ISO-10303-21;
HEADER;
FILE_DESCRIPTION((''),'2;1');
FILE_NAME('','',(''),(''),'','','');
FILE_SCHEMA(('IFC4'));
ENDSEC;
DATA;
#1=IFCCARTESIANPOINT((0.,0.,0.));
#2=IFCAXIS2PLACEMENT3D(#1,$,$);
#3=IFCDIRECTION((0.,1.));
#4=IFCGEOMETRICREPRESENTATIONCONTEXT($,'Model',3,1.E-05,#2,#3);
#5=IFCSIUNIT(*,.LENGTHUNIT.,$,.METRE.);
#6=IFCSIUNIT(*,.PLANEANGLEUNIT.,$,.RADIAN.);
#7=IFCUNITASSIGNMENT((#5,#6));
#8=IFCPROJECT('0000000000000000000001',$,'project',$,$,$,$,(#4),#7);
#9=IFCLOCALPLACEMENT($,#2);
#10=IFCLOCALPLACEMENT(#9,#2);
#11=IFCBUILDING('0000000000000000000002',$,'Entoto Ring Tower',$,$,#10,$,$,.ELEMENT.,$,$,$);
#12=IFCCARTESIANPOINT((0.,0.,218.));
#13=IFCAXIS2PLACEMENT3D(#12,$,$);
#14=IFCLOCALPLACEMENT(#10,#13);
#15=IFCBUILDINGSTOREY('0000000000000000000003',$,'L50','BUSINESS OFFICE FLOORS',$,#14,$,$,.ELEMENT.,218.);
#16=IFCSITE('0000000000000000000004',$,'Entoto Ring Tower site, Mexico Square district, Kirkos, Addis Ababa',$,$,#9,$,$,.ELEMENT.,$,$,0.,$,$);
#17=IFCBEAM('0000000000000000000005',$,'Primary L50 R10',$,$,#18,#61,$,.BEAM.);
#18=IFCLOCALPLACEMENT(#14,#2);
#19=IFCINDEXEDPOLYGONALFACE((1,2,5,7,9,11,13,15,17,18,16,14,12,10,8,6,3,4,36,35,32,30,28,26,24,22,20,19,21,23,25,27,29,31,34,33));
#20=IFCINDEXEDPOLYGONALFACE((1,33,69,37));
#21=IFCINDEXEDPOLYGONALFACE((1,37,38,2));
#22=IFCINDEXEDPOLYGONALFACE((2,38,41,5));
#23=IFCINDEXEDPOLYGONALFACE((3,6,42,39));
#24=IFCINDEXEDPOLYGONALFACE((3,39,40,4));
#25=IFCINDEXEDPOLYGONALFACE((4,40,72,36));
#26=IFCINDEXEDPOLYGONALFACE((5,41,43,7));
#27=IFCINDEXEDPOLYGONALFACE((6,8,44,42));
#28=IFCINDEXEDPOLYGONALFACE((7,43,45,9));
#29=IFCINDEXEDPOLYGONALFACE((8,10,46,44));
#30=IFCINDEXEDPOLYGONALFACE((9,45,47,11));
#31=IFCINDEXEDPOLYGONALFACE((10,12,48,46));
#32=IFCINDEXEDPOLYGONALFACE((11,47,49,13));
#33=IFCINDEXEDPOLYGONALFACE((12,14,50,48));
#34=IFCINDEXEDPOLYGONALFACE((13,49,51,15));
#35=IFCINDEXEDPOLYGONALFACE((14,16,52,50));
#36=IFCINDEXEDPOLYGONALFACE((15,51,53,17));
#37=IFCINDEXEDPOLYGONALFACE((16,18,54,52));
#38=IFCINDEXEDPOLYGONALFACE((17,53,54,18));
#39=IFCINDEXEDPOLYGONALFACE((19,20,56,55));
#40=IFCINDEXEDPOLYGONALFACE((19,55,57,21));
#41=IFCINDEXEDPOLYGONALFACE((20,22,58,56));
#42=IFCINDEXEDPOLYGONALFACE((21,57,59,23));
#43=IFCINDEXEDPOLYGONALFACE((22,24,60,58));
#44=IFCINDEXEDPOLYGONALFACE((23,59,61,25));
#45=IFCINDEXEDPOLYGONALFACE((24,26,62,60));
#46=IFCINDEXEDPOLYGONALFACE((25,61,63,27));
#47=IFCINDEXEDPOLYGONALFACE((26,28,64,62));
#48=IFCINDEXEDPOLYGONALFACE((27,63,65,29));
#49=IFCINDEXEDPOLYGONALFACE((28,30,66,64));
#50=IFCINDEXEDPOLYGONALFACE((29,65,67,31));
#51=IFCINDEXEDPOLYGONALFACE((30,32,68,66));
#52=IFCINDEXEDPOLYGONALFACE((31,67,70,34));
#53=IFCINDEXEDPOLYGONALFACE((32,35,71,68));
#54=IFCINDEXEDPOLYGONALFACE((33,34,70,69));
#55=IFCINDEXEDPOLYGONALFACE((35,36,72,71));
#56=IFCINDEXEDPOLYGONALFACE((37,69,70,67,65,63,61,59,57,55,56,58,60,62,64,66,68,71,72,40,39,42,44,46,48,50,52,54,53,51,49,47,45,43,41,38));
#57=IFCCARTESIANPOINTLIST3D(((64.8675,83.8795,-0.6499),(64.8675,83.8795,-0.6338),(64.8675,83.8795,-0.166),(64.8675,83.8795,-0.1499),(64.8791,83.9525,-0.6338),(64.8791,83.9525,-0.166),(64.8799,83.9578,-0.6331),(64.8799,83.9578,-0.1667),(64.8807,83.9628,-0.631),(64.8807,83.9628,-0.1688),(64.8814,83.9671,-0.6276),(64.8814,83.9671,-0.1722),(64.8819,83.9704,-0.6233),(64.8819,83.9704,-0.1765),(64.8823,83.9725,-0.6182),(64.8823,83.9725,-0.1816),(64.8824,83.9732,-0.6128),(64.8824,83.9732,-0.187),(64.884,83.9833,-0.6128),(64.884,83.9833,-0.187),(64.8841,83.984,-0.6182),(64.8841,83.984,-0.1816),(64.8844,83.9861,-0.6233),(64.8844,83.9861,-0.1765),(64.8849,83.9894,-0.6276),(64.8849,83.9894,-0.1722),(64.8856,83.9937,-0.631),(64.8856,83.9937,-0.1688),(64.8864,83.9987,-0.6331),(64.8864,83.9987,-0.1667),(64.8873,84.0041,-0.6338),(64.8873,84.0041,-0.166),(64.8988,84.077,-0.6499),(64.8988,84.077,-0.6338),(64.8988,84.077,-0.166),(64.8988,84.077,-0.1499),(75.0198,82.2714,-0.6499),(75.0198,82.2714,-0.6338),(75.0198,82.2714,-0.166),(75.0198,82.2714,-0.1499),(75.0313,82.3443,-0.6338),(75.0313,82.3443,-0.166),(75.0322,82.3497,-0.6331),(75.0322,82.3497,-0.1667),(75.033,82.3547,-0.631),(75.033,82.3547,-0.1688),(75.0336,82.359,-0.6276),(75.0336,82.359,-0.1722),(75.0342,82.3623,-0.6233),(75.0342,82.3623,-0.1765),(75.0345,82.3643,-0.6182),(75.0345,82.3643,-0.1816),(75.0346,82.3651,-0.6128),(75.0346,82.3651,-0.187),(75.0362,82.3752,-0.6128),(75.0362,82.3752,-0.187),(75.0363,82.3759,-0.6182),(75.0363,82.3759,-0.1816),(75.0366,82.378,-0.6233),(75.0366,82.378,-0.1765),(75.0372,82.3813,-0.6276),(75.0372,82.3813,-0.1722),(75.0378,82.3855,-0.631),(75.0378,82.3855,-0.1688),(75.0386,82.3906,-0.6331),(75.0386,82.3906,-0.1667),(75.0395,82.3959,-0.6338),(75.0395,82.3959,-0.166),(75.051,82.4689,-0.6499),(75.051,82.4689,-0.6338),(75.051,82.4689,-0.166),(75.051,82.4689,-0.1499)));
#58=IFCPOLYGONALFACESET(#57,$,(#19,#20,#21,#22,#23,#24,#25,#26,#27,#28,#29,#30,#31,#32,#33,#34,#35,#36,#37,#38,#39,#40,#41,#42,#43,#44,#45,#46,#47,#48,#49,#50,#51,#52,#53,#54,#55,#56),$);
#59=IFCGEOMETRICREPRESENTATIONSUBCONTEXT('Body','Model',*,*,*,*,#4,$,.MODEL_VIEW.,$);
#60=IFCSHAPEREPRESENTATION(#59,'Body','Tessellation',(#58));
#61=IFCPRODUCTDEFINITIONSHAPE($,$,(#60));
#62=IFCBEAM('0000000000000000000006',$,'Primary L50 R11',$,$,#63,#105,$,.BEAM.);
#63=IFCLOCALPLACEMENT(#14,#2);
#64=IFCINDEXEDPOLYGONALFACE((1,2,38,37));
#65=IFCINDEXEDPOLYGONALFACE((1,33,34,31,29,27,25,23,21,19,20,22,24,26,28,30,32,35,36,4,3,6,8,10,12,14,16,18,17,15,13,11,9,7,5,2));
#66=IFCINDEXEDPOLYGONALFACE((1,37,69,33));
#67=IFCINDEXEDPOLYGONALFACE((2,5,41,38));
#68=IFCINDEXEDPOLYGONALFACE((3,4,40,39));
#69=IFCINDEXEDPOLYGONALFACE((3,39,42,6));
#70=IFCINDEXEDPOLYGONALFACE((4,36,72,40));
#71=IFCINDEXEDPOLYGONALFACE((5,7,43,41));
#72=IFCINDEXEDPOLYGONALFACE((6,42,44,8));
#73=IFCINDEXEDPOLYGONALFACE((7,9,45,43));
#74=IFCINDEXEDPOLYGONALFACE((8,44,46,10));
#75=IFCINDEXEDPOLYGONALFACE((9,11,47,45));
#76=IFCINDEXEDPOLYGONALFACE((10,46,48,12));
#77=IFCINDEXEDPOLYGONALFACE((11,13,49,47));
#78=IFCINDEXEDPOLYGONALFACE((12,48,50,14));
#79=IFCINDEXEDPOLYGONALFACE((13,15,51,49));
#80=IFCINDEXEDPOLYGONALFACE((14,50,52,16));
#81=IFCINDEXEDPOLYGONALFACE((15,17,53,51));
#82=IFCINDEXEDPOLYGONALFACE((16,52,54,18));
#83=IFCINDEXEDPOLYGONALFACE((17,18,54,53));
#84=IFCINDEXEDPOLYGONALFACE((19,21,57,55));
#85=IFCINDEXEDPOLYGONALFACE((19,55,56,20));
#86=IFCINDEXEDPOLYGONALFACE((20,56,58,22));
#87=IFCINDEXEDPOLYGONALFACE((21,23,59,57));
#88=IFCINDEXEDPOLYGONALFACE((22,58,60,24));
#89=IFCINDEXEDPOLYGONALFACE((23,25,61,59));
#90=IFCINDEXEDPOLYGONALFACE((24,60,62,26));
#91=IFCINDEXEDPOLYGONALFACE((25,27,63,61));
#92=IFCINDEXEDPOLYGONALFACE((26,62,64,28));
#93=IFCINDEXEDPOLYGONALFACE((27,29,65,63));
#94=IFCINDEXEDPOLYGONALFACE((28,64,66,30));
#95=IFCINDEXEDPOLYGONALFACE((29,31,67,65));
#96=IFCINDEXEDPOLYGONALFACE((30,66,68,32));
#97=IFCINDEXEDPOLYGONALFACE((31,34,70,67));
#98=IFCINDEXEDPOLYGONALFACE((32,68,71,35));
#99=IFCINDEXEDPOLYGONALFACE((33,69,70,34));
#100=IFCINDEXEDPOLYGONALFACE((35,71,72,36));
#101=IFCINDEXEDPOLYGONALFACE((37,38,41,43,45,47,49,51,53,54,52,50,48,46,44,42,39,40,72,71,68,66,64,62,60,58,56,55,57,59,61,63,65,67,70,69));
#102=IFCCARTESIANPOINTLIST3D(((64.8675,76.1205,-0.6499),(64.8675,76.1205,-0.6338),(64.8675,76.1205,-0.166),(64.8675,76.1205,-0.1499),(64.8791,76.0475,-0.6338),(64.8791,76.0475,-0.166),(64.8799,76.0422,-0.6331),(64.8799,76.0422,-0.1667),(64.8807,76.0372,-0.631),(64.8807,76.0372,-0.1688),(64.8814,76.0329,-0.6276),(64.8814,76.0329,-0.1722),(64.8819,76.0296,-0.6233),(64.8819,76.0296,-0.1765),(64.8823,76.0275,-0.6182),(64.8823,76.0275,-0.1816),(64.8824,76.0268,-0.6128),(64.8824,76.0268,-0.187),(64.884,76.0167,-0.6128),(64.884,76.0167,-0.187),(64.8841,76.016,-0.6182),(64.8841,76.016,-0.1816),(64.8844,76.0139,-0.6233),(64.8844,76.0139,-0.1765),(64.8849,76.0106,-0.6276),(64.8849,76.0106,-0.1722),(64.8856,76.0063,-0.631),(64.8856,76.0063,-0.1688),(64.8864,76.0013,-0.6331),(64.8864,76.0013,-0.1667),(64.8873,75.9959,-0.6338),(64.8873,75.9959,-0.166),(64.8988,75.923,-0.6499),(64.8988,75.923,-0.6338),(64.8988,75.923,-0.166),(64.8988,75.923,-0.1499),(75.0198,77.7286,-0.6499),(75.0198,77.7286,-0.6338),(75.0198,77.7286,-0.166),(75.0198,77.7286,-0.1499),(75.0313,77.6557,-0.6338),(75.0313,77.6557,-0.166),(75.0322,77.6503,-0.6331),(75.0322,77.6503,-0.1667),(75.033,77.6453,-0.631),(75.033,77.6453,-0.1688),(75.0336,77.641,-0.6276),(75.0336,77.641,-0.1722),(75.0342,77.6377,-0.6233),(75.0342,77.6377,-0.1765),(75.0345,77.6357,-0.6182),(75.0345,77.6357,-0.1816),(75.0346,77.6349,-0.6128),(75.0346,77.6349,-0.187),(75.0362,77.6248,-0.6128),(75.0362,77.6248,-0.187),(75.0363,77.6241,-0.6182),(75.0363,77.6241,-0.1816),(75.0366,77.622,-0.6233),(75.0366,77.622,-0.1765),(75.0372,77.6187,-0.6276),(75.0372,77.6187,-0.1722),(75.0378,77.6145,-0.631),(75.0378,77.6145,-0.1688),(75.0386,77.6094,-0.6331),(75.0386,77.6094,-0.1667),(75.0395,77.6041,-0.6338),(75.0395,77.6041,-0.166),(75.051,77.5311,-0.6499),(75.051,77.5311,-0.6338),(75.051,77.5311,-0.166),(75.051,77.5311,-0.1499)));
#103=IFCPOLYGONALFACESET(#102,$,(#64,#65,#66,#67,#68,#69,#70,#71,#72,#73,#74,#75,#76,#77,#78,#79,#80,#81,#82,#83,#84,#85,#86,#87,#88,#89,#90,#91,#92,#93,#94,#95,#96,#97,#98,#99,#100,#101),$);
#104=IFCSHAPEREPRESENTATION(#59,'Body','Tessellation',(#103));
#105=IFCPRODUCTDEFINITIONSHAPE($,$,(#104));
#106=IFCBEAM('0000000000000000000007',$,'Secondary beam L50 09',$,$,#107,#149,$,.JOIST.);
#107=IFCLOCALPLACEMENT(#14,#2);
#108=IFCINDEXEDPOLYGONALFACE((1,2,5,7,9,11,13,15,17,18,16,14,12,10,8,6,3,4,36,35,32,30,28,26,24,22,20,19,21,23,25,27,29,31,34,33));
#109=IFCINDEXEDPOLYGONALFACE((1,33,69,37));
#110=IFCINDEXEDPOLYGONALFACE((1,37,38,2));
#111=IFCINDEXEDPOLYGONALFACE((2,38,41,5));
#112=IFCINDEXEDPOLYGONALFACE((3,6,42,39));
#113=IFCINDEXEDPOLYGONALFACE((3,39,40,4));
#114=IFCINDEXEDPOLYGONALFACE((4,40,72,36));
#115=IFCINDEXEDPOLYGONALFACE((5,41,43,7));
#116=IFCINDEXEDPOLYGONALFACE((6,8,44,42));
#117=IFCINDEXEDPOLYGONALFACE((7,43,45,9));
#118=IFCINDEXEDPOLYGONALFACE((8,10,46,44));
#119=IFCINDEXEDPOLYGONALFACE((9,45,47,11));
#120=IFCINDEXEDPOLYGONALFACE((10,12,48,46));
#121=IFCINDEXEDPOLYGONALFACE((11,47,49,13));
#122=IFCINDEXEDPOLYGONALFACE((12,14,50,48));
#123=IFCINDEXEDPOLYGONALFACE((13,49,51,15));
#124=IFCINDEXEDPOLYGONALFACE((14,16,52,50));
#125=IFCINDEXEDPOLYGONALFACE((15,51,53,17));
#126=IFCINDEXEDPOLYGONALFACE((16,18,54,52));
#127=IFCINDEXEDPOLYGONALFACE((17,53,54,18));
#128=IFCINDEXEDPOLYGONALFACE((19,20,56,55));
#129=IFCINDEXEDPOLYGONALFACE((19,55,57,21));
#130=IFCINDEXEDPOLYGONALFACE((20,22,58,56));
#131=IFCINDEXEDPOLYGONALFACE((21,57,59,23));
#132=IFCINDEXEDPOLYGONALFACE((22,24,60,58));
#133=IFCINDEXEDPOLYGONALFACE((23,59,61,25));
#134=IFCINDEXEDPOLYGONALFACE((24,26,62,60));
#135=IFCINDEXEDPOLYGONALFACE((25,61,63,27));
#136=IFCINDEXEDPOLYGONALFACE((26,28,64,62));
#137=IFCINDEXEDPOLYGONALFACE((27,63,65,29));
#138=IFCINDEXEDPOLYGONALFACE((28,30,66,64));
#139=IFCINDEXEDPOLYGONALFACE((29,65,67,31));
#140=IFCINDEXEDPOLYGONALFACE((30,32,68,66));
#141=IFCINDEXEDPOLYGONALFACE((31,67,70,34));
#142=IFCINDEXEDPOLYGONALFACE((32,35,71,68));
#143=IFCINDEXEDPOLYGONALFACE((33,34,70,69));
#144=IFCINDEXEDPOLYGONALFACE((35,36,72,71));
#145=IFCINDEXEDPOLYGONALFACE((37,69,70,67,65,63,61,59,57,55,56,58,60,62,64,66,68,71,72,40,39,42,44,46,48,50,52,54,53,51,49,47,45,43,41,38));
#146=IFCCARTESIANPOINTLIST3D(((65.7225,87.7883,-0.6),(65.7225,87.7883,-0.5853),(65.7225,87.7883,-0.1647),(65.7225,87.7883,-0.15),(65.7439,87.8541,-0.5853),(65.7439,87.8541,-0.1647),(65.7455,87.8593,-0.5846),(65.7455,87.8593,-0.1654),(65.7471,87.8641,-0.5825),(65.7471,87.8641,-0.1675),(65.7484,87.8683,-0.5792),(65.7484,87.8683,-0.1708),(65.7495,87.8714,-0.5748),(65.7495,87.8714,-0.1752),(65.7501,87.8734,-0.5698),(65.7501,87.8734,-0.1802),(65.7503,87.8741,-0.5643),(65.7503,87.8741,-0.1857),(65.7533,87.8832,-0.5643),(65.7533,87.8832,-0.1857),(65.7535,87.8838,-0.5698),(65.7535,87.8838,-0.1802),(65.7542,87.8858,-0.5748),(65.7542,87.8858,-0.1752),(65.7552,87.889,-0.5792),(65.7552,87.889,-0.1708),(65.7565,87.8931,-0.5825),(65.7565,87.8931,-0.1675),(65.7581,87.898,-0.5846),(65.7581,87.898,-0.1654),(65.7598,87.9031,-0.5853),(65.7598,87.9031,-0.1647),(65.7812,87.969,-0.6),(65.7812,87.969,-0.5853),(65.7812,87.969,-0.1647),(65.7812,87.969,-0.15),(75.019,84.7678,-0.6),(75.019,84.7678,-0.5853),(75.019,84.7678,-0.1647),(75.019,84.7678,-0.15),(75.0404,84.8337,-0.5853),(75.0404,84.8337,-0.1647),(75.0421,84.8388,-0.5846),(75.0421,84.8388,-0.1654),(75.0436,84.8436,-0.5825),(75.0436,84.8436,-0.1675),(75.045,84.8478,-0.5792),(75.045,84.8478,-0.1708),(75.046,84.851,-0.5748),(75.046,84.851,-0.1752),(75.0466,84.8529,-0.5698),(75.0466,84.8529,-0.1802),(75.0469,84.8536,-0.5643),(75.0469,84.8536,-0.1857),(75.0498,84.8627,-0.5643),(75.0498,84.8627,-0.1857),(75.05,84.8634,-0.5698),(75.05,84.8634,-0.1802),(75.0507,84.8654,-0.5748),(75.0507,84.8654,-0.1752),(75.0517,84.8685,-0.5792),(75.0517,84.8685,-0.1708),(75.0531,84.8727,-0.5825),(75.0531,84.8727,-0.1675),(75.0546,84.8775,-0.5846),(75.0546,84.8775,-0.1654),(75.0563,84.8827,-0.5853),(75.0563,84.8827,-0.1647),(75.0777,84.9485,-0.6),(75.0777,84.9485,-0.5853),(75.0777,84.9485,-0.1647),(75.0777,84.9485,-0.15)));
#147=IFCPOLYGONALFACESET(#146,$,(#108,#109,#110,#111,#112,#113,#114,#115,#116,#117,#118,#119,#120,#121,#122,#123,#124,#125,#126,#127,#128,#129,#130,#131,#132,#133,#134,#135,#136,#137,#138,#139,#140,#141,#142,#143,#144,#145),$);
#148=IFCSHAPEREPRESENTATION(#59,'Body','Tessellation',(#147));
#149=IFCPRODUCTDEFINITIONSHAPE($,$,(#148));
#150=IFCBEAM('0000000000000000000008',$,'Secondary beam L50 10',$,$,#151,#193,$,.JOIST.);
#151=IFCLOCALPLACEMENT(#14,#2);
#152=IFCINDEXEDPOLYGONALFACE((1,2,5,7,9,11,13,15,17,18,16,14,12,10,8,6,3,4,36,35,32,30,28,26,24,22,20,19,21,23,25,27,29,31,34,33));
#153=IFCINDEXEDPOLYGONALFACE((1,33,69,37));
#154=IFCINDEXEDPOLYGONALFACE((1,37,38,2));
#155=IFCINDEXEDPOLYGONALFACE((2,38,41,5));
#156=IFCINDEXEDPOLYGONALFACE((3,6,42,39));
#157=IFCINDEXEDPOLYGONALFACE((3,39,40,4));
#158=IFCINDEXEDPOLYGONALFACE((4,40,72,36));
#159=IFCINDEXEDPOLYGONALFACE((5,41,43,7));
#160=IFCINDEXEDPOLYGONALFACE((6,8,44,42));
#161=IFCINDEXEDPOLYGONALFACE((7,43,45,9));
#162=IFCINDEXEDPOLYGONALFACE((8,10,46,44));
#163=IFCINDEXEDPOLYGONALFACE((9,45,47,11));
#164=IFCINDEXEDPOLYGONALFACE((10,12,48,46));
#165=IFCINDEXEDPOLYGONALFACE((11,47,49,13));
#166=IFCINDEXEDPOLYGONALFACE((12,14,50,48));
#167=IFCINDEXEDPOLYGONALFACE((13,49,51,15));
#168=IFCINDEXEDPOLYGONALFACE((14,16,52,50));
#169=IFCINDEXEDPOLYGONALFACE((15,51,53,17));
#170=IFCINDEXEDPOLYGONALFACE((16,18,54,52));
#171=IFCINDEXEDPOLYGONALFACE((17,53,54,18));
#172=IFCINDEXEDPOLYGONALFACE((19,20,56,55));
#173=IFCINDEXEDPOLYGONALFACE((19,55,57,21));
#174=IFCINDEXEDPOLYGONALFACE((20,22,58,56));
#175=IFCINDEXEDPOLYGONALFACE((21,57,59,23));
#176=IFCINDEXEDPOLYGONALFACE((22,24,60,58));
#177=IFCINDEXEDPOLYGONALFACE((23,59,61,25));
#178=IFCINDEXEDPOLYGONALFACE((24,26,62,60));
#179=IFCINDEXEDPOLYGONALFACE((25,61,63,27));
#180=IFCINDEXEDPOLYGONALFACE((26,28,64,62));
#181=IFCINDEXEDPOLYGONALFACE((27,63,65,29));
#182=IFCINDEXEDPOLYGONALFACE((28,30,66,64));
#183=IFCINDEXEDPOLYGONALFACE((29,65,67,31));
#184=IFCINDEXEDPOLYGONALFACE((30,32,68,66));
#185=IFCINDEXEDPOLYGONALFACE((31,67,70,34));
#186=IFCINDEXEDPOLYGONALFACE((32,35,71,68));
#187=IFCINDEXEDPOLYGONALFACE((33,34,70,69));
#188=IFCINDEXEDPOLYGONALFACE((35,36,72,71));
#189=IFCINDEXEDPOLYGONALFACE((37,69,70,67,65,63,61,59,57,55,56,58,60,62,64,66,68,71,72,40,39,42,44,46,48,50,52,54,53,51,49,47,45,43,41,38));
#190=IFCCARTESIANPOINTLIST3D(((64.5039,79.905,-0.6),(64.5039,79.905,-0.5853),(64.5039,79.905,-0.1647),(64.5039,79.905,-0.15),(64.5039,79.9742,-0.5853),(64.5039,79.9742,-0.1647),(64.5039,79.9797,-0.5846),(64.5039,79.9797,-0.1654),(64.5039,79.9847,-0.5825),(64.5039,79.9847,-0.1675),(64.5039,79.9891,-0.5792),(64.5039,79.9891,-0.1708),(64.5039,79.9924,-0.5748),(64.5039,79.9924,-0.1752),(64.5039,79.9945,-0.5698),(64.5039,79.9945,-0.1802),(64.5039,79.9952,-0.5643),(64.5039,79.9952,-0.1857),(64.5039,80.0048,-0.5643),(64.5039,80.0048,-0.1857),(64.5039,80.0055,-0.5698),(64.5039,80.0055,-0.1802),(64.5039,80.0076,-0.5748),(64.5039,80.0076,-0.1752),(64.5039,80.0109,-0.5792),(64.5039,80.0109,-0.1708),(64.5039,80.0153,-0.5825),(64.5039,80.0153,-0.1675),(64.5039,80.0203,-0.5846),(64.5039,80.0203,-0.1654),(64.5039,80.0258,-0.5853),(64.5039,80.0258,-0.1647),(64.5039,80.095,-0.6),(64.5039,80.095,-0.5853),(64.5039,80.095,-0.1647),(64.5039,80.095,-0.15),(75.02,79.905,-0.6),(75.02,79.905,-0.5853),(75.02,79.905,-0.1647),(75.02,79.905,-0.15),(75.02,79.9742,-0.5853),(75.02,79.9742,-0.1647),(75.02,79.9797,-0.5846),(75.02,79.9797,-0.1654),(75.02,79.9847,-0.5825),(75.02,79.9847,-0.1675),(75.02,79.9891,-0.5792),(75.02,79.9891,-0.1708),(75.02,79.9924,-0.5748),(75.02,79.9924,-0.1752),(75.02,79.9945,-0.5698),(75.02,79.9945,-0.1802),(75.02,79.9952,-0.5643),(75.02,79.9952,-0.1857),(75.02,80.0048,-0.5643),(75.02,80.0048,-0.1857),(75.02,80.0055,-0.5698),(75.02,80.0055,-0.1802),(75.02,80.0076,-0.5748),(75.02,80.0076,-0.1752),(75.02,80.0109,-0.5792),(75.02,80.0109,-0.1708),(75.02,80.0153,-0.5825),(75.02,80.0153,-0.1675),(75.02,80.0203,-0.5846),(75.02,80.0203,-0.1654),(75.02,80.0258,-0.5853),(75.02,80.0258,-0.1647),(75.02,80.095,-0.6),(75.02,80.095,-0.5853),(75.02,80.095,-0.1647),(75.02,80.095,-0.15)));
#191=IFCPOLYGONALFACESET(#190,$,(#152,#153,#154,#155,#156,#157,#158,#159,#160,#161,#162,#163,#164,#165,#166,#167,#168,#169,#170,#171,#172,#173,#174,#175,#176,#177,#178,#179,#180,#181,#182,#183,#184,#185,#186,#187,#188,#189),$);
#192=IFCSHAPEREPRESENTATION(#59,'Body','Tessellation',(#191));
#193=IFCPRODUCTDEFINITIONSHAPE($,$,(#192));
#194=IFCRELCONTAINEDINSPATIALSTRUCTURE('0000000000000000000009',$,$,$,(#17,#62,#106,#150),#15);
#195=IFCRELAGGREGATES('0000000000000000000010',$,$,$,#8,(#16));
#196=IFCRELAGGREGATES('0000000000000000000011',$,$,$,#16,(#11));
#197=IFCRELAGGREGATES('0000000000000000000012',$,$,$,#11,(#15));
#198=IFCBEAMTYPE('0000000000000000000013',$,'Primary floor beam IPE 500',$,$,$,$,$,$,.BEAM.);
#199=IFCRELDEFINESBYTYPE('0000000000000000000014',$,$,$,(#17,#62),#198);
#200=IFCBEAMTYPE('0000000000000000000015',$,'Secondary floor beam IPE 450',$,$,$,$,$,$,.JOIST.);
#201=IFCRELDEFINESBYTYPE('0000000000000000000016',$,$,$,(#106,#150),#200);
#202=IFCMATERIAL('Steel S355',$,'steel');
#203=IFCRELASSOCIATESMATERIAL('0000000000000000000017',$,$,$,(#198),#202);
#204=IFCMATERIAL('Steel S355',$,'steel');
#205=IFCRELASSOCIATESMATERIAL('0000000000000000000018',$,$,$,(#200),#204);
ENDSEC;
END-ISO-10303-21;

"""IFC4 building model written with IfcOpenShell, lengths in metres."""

from ifc_helpers import new_model, si_unit, direction, frame, origin, origin_2d, place, context, subcontext, project, spatial, i_section, extrude, material, material_profile, profile_set, type_object, element, save


model = new_model("IFC4")

# Units and contexts
model_context = context("Model", 3, precision=1e-05, world=origin(), true_north=direction((0.0, 1.0)))
body_context = subcontext(model_context, "Body", "Model", "MODEL_VIEW")
ifc_project = project(units=[si_unit("LENGTHUNIT", "METRE"), si_unit("PLANEANGLEUNIT", "RADIAN")], contexts=[model_context])

# Site, building, storey
site_placement = place(None, origin())
site = spatial("IfcSite", under=ifc_project, at=site_placement, Name="Entoto Ring Tower site, Mexico Square district, Kirkos, Addis Ababa", CompositionType="ELEMENT", RefElevation=0.0)
building_placement = place(site_placement, origin())
building = spatial("IfcBuilding", under=site, at=building_placement, Name="Entoto Ring Tower", CompositionType="ELEMENT")
storey_placement = place(building_placement, frame((0.0, 0.0, 218.0)))
storey = spatial("IfcBuildingStorey", under=building, at=storey_placement, Name="L50", Description="BUSINESS OFFICE FLOORS", CompositionType="ELEMENT", Elevation=218.0)

# Beams
ifc_material_1 = material(Name="Steel S355", Category="steel")
ifc_material_profile_1 = material_profile(ifc_material_1, i_section(OverallWidth=0.2, OverallDepth=0.5, WebThickness=0.0103, FlangeThickness=0.0161, FilletRadius=0.021, at=origin_2d()), Name="IPE 500")
ifc_profile_set_1 = profile_set([ifc_material_profile_1], Name="Steel S355")
beam_type_1 = type_object("IfcBeamType", Name="Primary floor beam IPE 500", PredefinedType="BEAM", material=ifc_profile_set_1)
for number, where, z_axis, x_axis, name in (
    (1, (75.0354, 82.3701, -0.3999), (-0.987686, 0.156452, 0.0), (-0.156452, -0.987686, 0.0), "Primary L50 R10"),
    (2, (75.0354, 77.6299, -0.3999), (-0.987686, -0.156452, 0.0), (0.156452, -0.987686, 0.0), "Primary L50 R11"),
):
    element("IfcBeam", number, at=place(storey_placement, frame(where, z_axis=z_axis, x_axis=x_axis)), inside=storey, type_object=beam_type_1, Name=name, PredefinedType="BEAM", context=body_context, shape_type="SweptSolid", body=[
        extrude(i_section(OverallWidth=0.2, OverallDepth=0.5, WebThickness=0.0103, FlangeThickness=0.0161, FilletRadius=0.021, at=origin_2d()), origin(), (0.0, 0.0, 1.0), 10.2788),
    ])
ifc_material_2 = material(Name="Steel S355", Category="steel")
ifc_material_profile_2 = material_profile(ifc_material_2, i_section(OverallWidth=0.1899, OverallDepth=0.45, WebThickness=0.0095, FlangeThickness=0.0146, FilletRadius=0.021, at=origin_2d()), Name="IPE 450")
ifc_profile_set_2 = profile_set([ifc_material_profile_2], Name="Steel S355")
beam_type_2 = type_object("IfcBeamType", Name="Secondary floor beam IPE 450", PredefinedType="JOIST", material=ifc_profile_set_2)
beam_1_placement = place(storey_placement, frame((75.0483, 84.8582, -0.375), z_axis=(-0.951061, 0.309003, 0.0), x_axis=(-0.309003, -0.951061, 0.0)))
element("IfcBeam", 3, at=beam_1_placement, inside=storey, type_object=beam_type_2, Name="Secondary beam L50 09", PredefinedType="JOIST", context=body_context, shape_type="SweptSolid", body=[
    extrude(i_section(OverallWidth=0.1899, OverallDepth=0.45, WebThickness=0.0095, FlangeThickness=0.0146, FilletRadius=0.021, at=origin_2d()), origin(), (0.0, 0.0, 1.0), 9.7749),
])
beam_2_placement = place(storey_placement, frame((75.02, 80.0, -0.375), z_axis=(-1.0, 0.0, 0.0), x_axis=(0.0, -1.0, 0.0)))
element("IfcBeam", 4, at=beam_2_placement, inside=storey, type_object=beam_type_2, Name="Secondary beam L50 10", PredefinedType="JOIST", context=body_context, shape_type="SweptSolid", body=[
    extrude(i_section(OverallWidth=0.1899, OverallDepth=0.45, WebThickness=0.0095, FlangeThickness=0.0146, FilletRadius=0.021, at=origin_2d()), origin(), (0.0, 0.0, 1.0), 10.5161),
])

save(model, "model.ifc")
